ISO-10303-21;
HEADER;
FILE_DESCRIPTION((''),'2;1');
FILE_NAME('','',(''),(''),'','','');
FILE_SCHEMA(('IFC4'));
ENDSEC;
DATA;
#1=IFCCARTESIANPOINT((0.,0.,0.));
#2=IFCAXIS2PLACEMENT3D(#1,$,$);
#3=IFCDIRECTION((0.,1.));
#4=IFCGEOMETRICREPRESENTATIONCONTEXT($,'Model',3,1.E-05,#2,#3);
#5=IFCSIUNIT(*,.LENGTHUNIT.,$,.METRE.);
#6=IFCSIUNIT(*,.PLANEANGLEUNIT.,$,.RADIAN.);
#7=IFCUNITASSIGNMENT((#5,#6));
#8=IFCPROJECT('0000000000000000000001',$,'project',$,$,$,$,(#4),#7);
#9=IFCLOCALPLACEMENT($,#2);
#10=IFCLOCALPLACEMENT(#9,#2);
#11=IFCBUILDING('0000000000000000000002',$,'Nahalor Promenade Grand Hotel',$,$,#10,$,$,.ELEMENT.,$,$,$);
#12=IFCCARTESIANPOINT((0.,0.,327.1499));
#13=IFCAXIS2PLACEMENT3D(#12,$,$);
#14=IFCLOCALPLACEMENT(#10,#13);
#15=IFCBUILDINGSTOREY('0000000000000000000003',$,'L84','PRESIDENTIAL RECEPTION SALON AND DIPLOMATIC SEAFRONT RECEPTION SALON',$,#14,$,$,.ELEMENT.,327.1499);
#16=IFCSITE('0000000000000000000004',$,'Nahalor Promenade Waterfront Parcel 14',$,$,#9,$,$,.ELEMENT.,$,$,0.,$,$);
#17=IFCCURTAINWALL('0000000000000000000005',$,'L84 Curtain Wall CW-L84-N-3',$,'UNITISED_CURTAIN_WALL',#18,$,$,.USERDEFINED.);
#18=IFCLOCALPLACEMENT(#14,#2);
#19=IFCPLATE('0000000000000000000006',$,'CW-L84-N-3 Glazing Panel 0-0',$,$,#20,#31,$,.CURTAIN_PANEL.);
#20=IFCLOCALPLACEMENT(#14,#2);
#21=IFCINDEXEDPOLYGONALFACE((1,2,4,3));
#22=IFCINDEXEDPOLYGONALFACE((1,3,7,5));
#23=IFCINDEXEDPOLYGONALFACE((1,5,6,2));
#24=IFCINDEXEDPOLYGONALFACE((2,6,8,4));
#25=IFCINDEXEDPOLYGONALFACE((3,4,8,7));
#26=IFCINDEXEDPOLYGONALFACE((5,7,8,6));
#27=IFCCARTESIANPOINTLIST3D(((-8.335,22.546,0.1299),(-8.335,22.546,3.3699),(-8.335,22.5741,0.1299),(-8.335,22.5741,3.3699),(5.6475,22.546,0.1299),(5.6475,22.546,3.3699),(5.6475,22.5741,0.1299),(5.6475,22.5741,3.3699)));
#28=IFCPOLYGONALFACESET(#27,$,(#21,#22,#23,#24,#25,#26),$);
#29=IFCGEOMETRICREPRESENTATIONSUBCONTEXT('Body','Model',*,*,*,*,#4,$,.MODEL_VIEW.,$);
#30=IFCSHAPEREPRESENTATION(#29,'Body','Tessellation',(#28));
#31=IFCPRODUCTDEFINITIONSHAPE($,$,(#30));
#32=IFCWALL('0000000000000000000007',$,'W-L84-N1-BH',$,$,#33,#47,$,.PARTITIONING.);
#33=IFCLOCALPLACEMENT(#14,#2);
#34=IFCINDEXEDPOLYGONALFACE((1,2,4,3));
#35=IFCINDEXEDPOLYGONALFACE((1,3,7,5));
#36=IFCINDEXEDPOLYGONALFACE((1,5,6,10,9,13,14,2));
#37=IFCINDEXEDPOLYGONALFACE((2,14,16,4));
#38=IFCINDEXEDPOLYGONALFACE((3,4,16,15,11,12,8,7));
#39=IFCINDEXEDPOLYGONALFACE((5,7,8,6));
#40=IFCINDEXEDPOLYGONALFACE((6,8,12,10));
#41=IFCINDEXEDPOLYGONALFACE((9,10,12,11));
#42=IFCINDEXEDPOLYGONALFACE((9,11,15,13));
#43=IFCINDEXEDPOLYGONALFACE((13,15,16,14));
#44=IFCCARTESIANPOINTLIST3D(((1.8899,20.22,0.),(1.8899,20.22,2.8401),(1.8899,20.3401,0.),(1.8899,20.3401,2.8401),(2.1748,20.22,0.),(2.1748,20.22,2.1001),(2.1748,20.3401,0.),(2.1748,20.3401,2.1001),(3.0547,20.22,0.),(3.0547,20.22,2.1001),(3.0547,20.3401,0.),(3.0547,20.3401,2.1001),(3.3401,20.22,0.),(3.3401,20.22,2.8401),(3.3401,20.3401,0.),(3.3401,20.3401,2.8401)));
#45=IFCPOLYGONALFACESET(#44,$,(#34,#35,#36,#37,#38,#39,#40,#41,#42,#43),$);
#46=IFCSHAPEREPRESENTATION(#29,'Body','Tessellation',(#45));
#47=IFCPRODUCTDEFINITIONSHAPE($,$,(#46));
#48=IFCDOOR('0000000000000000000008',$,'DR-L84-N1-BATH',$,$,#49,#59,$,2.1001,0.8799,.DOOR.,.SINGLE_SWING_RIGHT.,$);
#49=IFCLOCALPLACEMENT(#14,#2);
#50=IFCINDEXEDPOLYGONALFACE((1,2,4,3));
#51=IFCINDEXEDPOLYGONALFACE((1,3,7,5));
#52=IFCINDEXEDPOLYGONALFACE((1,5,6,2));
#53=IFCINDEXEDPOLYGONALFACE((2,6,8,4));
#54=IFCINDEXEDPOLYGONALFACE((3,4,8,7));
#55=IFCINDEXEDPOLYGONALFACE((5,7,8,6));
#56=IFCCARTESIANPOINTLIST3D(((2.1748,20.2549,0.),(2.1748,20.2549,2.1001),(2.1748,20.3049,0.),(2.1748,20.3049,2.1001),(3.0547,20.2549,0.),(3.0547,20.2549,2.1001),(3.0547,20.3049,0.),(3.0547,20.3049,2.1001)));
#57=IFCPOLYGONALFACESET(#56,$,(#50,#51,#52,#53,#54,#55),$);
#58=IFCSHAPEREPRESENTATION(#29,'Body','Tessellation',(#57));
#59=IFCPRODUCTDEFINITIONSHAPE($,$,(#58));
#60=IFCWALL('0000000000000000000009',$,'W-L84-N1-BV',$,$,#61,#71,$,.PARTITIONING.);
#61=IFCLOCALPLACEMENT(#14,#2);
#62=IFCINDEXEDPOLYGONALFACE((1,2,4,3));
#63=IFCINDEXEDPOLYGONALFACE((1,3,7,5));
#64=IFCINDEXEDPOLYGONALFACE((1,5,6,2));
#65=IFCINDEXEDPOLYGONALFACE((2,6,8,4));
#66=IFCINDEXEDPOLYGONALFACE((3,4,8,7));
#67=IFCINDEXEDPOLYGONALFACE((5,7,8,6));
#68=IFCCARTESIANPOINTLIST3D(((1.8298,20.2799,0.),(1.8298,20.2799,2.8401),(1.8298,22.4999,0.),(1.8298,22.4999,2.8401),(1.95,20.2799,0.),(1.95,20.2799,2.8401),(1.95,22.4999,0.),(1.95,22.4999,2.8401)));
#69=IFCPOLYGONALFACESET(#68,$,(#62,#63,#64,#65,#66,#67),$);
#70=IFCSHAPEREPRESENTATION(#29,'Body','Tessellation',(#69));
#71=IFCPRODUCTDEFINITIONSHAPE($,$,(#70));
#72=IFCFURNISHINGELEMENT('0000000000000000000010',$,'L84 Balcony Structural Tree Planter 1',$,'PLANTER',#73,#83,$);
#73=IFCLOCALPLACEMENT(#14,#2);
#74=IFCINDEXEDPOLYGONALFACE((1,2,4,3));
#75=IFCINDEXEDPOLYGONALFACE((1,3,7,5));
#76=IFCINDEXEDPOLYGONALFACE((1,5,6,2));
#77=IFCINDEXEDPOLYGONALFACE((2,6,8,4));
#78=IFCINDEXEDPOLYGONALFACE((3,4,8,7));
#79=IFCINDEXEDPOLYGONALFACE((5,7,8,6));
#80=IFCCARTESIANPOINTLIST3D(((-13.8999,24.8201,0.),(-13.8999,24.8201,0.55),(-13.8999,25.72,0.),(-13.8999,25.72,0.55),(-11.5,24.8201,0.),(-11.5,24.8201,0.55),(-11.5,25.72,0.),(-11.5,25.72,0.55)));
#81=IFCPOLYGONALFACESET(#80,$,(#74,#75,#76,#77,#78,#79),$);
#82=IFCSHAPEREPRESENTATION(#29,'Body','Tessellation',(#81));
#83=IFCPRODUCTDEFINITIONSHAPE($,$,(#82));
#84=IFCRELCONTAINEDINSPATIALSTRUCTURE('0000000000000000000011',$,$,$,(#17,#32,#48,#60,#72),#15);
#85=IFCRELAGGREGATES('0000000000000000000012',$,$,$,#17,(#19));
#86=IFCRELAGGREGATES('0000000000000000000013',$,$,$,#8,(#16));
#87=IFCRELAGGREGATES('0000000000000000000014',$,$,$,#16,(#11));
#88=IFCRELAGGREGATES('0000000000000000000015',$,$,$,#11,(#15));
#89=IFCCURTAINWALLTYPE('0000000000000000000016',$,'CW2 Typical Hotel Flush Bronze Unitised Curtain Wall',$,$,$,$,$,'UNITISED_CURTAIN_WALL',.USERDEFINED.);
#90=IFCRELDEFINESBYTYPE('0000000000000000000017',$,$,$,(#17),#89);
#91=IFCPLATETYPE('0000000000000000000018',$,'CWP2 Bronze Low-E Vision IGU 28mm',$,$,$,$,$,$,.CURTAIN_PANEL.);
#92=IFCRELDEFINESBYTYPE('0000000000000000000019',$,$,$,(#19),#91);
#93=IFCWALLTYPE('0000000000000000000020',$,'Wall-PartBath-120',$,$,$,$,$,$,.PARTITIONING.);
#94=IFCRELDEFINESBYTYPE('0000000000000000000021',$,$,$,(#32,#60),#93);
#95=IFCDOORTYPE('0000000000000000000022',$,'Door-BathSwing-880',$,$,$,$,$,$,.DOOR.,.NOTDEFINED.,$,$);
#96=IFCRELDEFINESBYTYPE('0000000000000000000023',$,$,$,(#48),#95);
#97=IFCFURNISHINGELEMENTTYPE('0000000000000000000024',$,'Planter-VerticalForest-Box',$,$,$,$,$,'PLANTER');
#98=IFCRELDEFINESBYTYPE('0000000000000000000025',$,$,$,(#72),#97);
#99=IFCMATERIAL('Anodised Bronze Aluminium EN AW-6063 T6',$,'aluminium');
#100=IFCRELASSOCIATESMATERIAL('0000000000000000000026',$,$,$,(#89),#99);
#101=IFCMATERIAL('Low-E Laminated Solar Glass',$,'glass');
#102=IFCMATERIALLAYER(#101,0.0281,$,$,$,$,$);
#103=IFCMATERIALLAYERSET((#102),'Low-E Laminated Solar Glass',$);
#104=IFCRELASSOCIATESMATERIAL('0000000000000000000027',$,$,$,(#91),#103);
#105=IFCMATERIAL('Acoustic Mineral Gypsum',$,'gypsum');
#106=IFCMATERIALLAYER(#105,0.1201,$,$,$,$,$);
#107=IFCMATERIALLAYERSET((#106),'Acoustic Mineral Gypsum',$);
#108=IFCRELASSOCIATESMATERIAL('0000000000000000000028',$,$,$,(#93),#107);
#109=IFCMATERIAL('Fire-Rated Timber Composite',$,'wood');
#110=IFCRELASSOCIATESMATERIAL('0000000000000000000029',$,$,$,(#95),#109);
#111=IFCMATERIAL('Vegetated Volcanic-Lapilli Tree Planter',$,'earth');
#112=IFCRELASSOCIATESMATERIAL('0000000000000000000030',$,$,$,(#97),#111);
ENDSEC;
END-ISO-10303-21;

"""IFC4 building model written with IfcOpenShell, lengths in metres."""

from ifc_helpers import new_model, si_unit, direction, frame, frame_2d, origin, origin_2d, place, context, subcontext, project, spatial, rectangle, extrude, source, transform, mapped, material, layer, layer_set, type_object, element, fill, aggregate, save


model = new_model("IFC4")

# Units and contexts
model_context = context("Model", 3, precision=1e-05, world=origin(), true_north=direction((0.0, 1.0)))
body_context = subcontext(model_context, "Body", "Model", "MODEL_VIEW")
ifc_project = project(units=[si_unit("LENGTHUNIT", "METRE"), si_unit("PLANEANGLEUNIT", "RADIAN")], contexts=[model_context])

# Site, building, storey
site_placement = place(None, origin())
site = spatial("IfcSite", under=ifc_project, at=site_placement, Name="Nahalor Promenade Waterfront Parcel 14", CompositionType="ELEMENT", RefElevation=0.0)
building_placement = place(site_placement, origin())
building = spatial("IfcBuilding", under=site, at=building_placement, Name="Nahalor Promenade Grand Hotel", CompositionType="ELEMENT")
storey_placement = place(building_placement, frame((0.0, 0.0, 327.1499)))
storey = spatial("IfcBuildingStorey", under=building, at=storey_placement, Name="L84", Description="PRESIDENTIAL RECEPTION SALON AND DIPLOMATIC SEAFRONT RECEPTION SALON", CompositionType="ELEMENT", Elevation=327.1499)

# Curtain wall, plate
ifc_material_1 = material(Name="Anodised Bronze Aluminium EN AW-6063 T6", Category="aluminium")
curtain_wall_type = type_object("IfcCurtainWallType", Name="CW2 Typical Hotel Flush Bronze Unitised Curtain Wall", ElementType="UNITISED_CURTAIN_WALL", PredefinedType="USERDEFINED", material=ifc_material_1)
curtain_wall_placement = place(storey_placement, origin())
curtain_wall = element("IfcCurtainWall", 1, at=curtain_wall_placement, inside=storey, type_object=curtain_wall_type, Name="L84 Curtain Wall CW-L84-N-3", ObjectType="UNITISED_CURTAIN_WALL", PredefinedType="USERDEFINED")
ifc_material_2 = material(Name="Low-E Laminated Solar Glass", Category="glass")
ifc_layer_1 = layer(ifc_material_2, 0.0281)
ifc_layer_set_1 = layer_set([ifc_layer_1], Name="Low-E Laminated Solar Glass")
plate_type = type_object("IfcPlateType", Name="CWP2 Bronze Low-E Vision IGU 28mm", PredefinedType="CURTAIN_PANEL", material=ifc_layer_set_1)
shared_shape_1 = source(origin(), body_context, "Body", "SweptSolid", [
    extrude(rectangle(XDim=13.9824, YDim=0.0281, at=origin_2d()), origin(), (0.0, 0.0, 1.0), 3.24),
])
plate_placement = place(storey_placement, frame((-1.3438, 22.5601, 0.1299), z_axis=(0.0, 0.0, 1.0), x_axis=(1.0, 0.0, 0.0)))
plate = element("IfcPlate", 2, at=plate_placement, type_object=plate_type, Name="CW-L84-N-3 Glazing Panel 0-0", PredefinedType="CURTAIN_PANEL", context=body_context, shape_type="MappedRepresentation", body=[
    mapped(shared_shape_1, transform((0.0, 0.0, 0.0), scale=1.0)),
])
aggregate(curtain_wall, [plate])

# Wall, opening, door
ifc_material_3 = material(Name="Acoustic Mineral Gypsum", Category="gypsum")
ifc_layer_2 = layer(ifc_material_3, 0.1201)
ifc_layer_set_2 = layer_set([ifc_layer_2], Name="Acoustic Mineral Gypsum")
wall_type = type_object("IfcWallType", Name="Wall-PartBath-120", PredefinedType="PARTITIONING", material=ifc_layer_set_2)
shared_shape_2 = source(origin(), body_context, "Body", "SweptSolid", [
    extrude(rectangle(XDim=1.4502, YDim=0.1201, at=frame_2d((0.7251, 0.0))), origin(), (0.0, 0.0, 1.0), 2.8401),
])
wall_1_placement = place(storey_placement, frame((1.8899, 20.28, 0.0), z_axis=(0.0, 0.0, 1.0), x_axis=(1.0, 0.0, 0.0)))
wall_1 = element("IfcWall", 3, at=wall_1_placement, inside=storey, type_object=wall_type, Name="W-L84-N1-BH", PredefinedType="PARTITIONING", context=body_context, shape_type="MappedRepresentation", body=[
    mapped(shared_shape_2, transform((0.0, 0.0, 0.0), scale=1.0)),
])
opening_placement = place(wall_1_placement, frame((0.2849, 0.0, 0.0)))
opening = element("IfcOpeningElement", 4, at=opening_placement, cuts=wall_1, PredefinedType="OPENING", context=body_context, shape_type="SweptSolid", body=[
    extrude(rectangle(XDim=0.8799, YDim=2.1001, at=frame_2d((0.4399, 1.05))), frame((0.0, 0.0701, 0.0), z_axis=(0.0, -1.0, 0.0), x_axis=(1.0, 0.0, 0.0)), (0.0, 0.0, 1.0), 0.1401),
])
ifc_material_4 = material(Name="Fire-Rated Timber Composite", Category="wood")
door_type = type_object("IfcDoorType", Name="Door-BathSwing-880", OperationType="NOTDEFINED", PredefinedType="DOOR", material=ifc_material_4)
shared_shape_3 = source(origin(), body_context, "Body", "SweptSolid", [
    extrude(rectangle(XDim=0.8799, YDim=2.1001, at=frame_2d((0.4399, 1.05))), frame((0.0, 0.0249, 0.0), z_axis=(0.0, -1.0, 0.0), x_axis=(1.0, 0.0, 0.0)), (0.0, 0.0, 1.0), 0.05),
])
door_placement = place(opening_placement, origin())
door = element("IfcDoor", 5, at=door_placement, inside=storey, type_object=door_type, Name="DR-L84-N1-BATH", OperationType="SINGLE_SWING_RIGHT", OverallHeight=2.1001, OverallWidth=0.8799, PredefinedType="DOOR", context=body_context, shape_type="MappedRepresentation", body=[
    mapped(shared_shape_3, transform((0.0, 0.0, 0.0), scale=1.0)),
])
fill(opening, door)

# Wall
shared_shape_4 = source(origin(), body_context, "Body", "SweptSolid", [
    extrude(rectangle(XDim=2.22, YDim=0.1201, at=frame_2d((1.1099, 0.0))), origin(), (0.0, 0.0, 1.0), 2.8401),
])
wall_2_placement = place(storey_placement, frame((1.8899, 20.28, 0.0), z_axis=(0.0, 0.0, 1.0), x_axis=(0.0, 1.0, 0.0)))
element("IfcWall", 6, at=wall_2_placement, inside=storey, type_object=wall_type, Name="W-L84-N1-BV", PredefinedType="PARTITIONING", context=body_context, shape_type="MappedRepresentation", body=[
    mapped(shared_shape_4, transform((0.0, 0.0, 0.0), scale=1.0)),
])

# Furnishing element
ifc_material_5 = material(Name="Vegetated Volcanic-Lapilli Tree Planter", Category="earth")
furnishing_element_type = type_object("IfcFurnishingElementType", Name="Planter-VerticalForest-Box", ElementType="PLANTER", material=ifc_material_5)
shared_shape_5 = source(origin(), body_context, "Body", "SweptSolid", [
    extrude(rectangle(XDim=2.3999, YDim=0.8999, at=origin_2d()), origin(), (0.0, 0.0, 1.0), 0.55),
])
furnishing_placement = place(storey_placement, frame((-12.7, 25.27, 0.0), z_axis=(0.0, 0.0, 1.0), x_axis=(1.0, 0.0, 0.0)))
element("IfcFurnishingElement", 7, at=furnishing_placement, inside=storey, type_object=furnishing_element_type, Name="L84 Balcony Structural Tree Planter 1", ObjectType="PLANTER", context=body_context, shape_type="MappedRepresentation", body=[
    mapped(shared_shape_5, transform((0.0, 0.0, 0.0), scale=1.0)),
])

save(model, "model.ifc")
